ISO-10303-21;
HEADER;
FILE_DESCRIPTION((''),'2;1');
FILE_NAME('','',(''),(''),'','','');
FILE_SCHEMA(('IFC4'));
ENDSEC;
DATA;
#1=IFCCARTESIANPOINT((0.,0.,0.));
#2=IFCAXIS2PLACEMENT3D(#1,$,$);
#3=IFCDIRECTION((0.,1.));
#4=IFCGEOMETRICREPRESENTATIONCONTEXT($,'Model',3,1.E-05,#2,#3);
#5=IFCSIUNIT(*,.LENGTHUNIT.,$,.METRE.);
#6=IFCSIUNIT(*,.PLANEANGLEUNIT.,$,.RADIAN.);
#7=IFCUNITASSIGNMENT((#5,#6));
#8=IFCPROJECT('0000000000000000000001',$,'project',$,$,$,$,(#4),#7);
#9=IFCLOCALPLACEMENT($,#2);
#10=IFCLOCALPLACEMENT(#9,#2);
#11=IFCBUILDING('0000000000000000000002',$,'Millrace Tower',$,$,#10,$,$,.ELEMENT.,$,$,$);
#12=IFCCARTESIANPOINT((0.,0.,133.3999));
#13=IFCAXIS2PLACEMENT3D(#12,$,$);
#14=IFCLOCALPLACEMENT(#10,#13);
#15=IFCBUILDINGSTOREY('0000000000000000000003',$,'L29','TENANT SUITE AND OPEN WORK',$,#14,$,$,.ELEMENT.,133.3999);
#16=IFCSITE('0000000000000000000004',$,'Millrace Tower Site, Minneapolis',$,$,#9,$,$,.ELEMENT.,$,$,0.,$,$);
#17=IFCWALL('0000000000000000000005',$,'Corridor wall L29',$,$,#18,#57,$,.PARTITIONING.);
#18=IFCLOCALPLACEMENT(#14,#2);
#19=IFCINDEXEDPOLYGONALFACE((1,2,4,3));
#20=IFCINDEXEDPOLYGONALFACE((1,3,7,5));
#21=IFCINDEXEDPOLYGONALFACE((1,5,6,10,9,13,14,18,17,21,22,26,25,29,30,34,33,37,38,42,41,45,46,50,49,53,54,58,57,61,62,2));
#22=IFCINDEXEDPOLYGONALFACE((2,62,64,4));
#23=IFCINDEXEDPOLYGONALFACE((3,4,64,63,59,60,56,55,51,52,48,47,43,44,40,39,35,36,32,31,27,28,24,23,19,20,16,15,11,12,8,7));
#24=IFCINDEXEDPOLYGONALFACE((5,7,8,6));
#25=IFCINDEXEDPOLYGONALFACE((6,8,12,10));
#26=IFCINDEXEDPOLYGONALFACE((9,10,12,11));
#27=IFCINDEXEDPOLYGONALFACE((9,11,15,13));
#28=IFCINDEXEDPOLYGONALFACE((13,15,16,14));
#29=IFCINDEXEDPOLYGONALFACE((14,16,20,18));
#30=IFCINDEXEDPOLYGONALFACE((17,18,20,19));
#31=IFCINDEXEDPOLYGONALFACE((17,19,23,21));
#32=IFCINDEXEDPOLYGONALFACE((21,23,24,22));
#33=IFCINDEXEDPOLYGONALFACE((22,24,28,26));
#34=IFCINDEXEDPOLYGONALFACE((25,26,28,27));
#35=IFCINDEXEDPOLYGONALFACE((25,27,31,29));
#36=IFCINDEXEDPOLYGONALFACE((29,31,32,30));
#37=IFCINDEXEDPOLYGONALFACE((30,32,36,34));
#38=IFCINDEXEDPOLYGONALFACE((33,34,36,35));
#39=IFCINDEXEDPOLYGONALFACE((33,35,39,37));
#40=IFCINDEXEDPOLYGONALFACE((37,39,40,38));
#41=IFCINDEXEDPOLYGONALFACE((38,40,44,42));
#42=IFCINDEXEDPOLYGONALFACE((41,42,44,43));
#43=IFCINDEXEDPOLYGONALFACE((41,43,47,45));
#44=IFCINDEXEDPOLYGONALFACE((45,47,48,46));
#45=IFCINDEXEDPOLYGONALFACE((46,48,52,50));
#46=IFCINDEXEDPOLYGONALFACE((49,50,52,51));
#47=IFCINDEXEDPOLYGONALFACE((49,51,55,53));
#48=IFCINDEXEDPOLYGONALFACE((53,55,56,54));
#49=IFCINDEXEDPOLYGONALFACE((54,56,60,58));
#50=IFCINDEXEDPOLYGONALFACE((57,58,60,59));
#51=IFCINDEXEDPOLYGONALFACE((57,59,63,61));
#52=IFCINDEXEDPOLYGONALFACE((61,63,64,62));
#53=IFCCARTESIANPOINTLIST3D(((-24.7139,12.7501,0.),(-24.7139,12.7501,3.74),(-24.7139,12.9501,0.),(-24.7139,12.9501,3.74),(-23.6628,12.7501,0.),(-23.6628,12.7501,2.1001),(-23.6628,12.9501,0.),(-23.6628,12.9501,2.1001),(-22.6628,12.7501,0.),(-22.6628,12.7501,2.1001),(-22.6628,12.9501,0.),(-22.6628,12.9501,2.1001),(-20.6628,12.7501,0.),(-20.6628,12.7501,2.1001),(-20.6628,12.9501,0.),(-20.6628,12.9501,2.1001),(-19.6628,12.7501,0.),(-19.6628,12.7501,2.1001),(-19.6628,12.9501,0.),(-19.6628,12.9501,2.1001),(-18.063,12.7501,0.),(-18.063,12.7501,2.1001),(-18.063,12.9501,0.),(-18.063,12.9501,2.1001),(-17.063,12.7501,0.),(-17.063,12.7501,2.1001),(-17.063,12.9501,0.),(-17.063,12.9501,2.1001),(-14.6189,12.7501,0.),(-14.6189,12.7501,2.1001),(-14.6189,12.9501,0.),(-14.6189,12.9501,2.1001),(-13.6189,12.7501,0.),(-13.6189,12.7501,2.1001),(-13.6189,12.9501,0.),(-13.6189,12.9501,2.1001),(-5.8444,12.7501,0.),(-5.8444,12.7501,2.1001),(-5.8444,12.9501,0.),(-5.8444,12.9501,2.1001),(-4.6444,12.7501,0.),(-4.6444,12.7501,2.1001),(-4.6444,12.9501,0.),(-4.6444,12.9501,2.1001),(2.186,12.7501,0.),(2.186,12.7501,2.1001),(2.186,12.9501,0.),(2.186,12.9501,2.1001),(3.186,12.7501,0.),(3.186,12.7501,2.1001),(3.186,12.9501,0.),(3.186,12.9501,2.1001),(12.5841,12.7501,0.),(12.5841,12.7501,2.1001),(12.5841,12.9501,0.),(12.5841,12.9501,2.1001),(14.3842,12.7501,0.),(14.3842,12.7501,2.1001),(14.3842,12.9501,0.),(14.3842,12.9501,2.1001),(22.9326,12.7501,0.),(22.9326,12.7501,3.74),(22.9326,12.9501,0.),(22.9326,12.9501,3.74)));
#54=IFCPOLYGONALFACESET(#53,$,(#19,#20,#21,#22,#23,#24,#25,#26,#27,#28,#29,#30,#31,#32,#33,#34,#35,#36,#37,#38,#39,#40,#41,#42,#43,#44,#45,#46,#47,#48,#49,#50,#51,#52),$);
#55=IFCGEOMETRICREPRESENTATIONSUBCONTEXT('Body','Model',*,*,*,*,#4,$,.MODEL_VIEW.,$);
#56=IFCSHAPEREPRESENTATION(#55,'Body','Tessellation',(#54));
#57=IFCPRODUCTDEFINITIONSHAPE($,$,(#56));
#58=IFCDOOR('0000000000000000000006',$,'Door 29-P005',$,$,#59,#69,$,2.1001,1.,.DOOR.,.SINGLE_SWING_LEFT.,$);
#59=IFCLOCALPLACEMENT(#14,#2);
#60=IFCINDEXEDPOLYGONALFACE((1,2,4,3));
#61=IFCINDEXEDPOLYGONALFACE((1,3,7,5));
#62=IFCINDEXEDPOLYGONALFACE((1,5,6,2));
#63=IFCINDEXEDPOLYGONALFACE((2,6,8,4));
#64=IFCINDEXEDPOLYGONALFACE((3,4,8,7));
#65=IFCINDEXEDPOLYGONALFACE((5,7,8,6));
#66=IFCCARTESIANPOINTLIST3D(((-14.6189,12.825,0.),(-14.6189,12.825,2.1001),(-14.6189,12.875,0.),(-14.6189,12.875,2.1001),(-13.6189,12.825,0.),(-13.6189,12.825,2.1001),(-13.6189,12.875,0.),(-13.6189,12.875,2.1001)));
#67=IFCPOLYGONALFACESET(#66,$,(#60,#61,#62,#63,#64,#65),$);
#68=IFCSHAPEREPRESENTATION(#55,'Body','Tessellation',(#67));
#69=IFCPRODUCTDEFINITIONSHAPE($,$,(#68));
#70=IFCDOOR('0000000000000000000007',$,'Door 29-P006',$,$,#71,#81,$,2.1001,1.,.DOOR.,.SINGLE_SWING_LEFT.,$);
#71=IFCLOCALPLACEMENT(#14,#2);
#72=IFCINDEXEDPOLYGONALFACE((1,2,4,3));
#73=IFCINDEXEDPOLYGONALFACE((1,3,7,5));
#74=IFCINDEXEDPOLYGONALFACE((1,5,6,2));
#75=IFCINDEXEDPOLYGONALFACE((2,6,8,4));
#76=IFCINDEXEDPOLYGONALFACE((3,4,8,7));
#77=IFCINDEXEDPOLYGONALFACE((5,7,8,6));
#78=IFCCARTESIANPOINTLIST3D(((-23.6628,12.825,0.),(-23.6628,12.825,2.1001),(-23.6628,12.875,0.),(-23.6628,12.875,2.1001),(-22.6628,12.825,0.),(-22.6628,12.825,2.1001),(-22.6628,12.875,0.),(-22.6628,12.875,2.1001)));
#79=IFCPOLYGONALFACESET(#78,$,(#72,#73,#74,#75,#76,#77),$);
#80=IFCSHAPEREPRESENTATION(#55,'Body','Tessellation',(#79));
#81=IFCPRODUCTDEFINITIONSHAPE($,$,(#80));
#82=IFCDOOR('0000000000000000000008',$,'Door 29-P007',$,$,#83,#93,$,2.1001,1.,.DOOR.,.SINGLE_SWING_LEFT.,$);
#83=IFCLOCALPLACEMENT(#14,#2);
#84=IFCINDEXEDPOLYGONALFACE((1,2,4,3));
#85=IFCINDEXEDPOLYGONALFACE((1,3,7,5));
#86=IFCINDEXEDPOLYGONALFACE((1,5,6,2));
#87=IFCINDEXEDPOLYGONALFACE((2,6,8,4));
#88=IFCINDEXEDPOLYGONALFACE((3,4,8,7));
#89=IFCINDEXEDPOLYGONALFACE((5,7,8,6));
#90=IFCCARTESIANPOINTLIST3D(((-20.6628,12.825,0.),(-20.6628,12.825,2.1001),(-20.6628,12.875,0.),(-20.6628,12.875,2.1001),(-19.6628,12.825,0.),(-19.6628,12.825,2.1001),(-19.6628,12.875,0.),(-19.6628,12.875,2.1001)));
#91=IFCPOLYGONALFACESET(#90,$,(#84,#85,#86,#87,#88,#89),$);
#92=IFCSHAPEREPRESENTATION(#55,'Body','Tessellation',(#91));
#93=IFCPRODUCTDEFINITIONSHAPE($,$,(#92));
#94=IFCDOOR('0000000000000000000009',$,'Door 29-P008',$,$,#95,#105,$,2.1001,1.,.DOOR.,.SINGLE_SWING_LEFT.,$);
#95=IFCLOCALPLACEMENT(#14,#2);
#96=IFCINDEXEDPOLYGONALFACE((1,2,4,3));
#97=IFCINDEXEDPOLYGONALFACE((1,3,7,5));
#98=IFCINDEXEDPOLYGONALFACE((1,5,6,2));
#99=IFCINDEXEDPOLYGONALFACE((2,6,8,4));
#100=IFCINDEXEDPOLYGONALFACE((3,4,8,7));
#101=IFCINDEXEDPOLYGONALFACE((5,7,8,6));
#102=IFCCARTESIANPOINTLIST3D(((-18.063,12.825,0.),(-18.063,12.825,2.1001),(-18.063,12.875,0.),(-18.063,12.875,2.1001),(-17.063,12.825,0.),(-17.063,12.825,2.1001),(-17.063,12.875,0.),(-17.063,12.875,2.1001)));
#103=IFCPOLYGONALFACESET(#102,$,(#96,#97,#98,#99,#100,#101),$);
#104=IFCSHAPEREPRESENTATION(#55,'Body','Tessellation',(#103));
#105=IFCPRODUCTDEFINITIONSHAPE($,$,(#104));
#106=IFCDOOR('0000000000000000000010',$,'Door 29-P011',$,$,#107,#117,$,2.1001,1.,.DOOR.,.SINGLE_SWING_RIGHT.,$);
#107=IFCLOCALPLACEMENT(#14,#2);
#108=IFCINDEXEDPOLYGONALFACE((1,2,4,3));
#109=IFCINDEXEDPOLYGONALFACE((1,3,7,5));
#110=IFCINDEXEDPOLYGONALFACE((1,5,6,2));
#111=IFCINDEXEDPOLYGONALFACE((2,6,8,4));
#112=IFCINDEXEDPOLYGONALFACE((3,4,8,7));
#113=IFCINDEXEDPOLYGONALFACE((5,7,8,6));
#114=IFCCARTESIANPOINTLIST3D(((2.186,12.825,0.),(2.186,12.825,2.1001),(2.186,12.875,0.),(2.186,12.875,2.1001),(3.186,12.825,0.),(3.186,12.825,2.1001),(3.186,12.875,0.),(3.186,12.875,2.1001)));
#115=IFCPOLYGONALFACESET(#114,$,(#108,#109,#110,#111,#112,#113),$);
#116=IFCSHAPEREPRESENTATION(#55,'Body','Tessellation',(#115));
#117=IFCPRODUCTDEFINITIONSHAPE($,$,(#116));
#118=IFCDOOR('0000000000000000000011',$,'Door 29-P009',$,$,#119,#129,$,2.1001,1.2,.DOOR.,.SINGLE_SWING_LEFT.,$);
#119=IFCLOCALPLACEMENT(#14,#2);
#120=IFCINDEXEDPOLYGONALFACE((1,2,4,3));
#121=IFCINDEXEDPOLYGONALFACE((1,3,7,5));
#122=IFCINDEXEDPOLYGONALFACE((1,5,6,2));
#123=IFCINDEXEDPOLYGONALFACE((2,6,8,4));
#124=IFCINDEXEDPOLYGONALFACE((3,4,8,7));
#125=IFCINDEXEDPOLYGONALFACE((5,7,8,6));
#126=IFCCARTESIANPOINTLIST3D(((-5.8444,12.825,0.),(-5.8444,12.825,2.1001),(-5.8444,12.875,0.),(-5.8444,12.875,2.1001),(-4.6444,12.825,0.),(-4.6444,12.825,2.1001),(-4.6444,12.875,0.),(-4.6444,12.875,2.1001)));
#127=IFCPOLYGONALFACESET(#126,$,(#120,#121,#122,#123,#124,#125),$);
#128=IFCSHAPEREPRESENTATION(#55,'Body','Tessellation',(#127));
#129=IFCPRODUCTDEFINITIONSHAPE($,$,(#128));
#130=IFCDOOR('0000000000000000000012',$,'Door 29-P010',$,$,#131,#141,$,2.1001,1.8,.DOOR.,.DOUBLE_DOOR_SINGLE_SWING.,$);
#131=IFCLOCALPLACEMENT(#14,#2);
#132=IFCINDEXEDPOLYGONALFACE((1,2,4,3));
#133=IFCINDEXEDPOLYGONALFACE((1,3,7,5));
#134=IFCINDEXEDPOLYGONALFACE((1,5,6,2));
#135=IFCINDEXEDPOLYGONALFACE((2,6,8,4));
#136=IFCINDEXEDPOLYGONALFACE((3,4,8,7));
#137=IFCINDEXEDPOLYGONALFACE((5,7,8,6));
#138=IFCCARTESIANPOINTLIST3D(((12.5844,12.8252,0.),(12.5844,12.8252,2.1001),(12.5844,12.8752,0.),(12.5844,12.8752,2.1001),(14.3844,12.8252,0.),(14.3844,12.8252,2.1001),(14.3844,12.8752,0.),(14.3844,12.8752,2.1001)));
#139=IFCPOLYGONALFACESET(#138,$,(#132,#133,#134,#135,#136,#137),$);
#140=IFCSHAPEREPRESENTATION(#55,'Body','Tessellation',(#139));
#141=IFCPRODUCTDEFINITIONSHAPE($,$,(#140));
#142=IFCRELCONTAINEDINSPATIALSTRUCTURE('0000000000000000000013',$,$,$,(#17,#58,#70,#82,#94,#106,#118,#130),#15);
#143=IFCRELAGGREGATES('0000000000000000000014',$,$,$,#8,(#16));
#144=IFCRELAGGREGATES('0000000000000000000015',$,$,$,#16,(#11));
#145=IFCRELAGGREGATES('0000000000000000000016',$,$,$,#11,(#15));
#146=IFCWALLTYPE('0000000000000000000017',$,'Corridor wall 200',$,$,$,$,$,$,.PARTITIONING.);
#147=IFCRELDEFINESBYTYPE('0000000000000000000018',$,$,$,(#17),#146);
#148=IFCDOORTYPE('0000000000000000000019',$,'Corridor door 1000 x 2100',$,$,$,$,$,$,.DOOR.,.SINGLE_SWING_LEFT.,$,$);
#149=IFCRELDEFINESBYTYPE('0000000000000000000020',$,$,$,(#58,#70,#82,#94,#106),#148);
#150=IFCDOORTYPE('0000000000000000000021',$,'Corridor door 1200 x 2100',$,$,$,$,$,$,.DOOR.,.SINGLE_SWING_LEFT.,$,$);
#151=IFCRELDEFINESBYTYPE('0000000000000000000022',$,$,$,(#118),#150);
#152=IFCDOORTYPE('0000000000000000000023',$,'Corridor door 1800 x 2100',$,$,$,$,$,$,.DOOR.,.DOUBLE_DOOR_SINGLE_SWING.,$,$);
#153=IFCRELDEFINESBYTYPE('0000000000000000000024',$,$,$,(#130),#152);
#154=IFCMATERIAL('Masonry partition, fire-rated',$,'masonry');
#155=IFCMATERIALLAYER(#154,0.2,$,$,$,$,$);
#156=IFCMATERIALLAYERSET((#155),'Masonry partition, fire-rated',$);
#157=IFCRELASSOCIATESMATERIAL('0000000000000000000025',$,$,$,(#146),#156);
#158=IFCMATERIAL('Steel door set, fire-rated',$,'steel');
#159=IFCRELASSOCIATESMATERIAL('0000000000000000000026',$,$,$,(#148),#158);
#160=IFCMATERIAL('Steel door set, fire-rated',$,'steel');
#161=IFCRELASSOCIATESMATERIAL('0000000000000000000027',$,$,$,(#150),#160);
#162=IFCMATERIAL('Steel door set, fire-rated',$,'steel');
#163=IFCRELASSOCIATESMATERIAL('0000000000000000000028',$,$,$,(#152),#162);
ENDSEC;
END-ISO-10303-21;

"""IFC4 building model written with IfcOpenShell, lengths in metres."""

from ifc_helpers import new_model, si_unit, direction, frame, frame_2d, origin, place, context, subcontext, project, spatial, rectangle, extrude, material, layer, layer_set, type_object, element, fill, save


model = new_model("IFC4")

# Units and contexts
model_context = context("Model", 3, precision=1e-05, world=origin(), true_north=direction((0.0, 1.0)))
body_context = subcontext(model_context, "Body", "Model", "MODEL_VIEW")
ifc_project = project(units=[si_unit("LENGTHUNIT", "METRE"), si_unit("PLANEANGLEUNIT", "RADIAN")], contexts=[model_context])

# Site, building, storey
site_placement = place(None, origin())
site = spatial("IfcSite", under=ifc_project, at=site_placement, Name="Millrace Tower Site, Minneapolis", CompositionType="ELEMENT", RefElevation=0.0)
building_placement = place(site_placement, origin())
building = spatial("IfcBuilding", under=site, at=building_placement, Name="Millrace Tower", CompositionType="ELEMENT")
storey_placement = place(building_placement, frame((0.0, 0.0, 133.3999)))
storey = spatial("IfcBuildingStorey", under=building, at=storey_placement, Name="L29", Description="TENANT SUITE AND OPEN WORK", CompositionType="ELEMENT", Elevation=133.3999)

# Shared definitions
ifc_material_1 = material(Name="Masonry partition, fire-rated", Category="masonry")
ifc_layer_1 = layer(ifc_material_1, 0.2)
ifc_layer_set_1 = layer_set([ifc_layer_1], Name="Masonry partition, fire-rated")
wall_type_1 = type_object("IfcWallType", Name="Corridor wall 200", PredefinedType="PARTITIONING", material=ifc_layer_set_1)

# Wall, openings, doors
wall_1_placement = place(storey_placement, frame((-24.7139, 12.8501, 0.0), z_axis=(0.0, 0.0, 1.0), x_axis=(1.0, 0.0, 0.0)))
wall_1 = element("IfcWall", 1, at=wall_1_placement, inside=storey, type_object=wall_type_1, Name="Corridor wall L29", PredefinedType="PARTITIONING", context=body_context, shape_type="SweptSolid", body=[
    extrude(rectangle(XDim=47.6465, YDim=0.2, at=frame_2d((23.8232, 0.0))), origin(), (0.0, 0.0, 1.0), 3.74),
])
opening_1_placement = place(wall_1_placement, frame((10.095, 0.0, 0.0)))
opening_1 = element("IfcOpeningElement", 2, at=opening_1_placement, cuts=wall_1, PredefinedType="OPENING", context=body_context, shape_type="SweptSolid", body=[
    extrude(rectangle(XDim=1.0, YDim=2.1001, at=frame_2d((0.5, 1.05))), frame((0.0, 0.1099, 0.0), z_axis=(0.0, -1.0, 0.0), x_axis=(1.0, 0.0, 0.0)), (0.0, 0.0, 1.0), 0.22),
])
opening_2_placement = place(wall_1_placement, frame((1.051, 0.0, 0.0)))
opening_2 = element("IfcOpeningElement", 3, at=opening_2_placement, cuts=wall_1, PredefinedType="OPENING", context=body_context, shape_type="SweptSolid", body=[
    extrude(rectangle(XDim=1.0, YDim=2.1001, at=frame_2d((0.5, 1.05))), frame((0.0, 0.1099, 0.0), z_axis=(0.0, -1.0, 0.0), x_axis=(1.0, 0.0, 0.0)), (0.0, 0.0, 1.0), 0.22),
])
opening_3_placement = place(wall_1_placement, frame((4.051, 0.0, 0.0)))
opening_3 = element("IfcOpeningElement", 4, at=opening_3_placement, cuts=wall_1, PredefinedType="OPENING", context=body_context, shape_type="SweptSolid", body=[
    extrude(rectangle(XDim=1.0, YDim=2.1001, at=frame_2d((0.5, 1.05))), frame((0.0, 0.1099, 0.0), z_axis=(0.0, -1.0, 0.0), x_axis=(1.0, 0.0, 0.0)), (0.0, 0.0, 1.0), 0.22),
])
opening_4_placement = place(wall_1_placement, frame((6.6509, 0.0, 0.0)))
opening_4 = element("IfcOpeningElement", 5, at=opening_4_placement, cuts=wall_1, PredefinedType="OPENING", context=body_context, shape_type="SweptSolid", body=[
    extrude(rectangle(XDim=1.0, YDim=2.1001, at=frame_2d((0.5, 1.05))), frame((0.0, 0.1099, 0.0), z_axis=(0.0, -1.0, 0.0), x_axis=(1.0, 0.0, 0.0)), (0.0, 0.0, 1.0), 0.22),
])
opening_5_placement = place(wall_1_placement, frame((18.8694, 0.0, 0.0)))
opening_5 = element("IfcOpeningElement", 6, at=opening_5_placement, cuts=wall_1, PredefinedType="OPENING", context=body_context, shape_type="SweptSolid", body=[
    extrude(rectangle(XDim=1.2, YDim=2.1001, at=frame_2d((0.6001, 1.05))), frame((0.0, 0.1099, 0.0), z_axis=(0.0, -1.0, 0.0), x_axis=(1.0, 0.0, 0.0)), (0.0, 0.0, 1.0), 0.22),
])
opening_6_placement = place(wall_1_placement, frame((37.2981, 0.0, 0.0)))
opening_6 = element("IfcOpeningElement", 7, at=opening_6_placement, cuts=wall_1, PredefinedType="OPENING", context=body_context, shape_type="SweptSolid", body=[
    extrude(rectangle(XDim=1.8, YDim=2.1001, at=frame_2d((0.8999, 1.05))), frame((0.0, 0.1099, 0.0), z_axis=(0.0, -1.0, 0.0), x_axis=(1.0, 0.0, 0.0)), (0.0, 0.0, 1.0), 0.22),
])
opening_7_placement = place(wall_1_placement, frame((26.8999, 0.0, 0.0)))
opening_7 = element("IfcOpeningElement", 8, at=opening_7_placement, cuts=wall_1, PredefinedType="OPENING", context=body_context, shape_type="SweptSolid", body=[
    extrude(rectangle(XDim=1.0, YDim=2.1001, at=frame_2d((0.5, 1.05))), frame((0.0, 0.1099, 0.0), z_axis=(0.0, -1.0, 0.0), x_axis=(1.0, 0.0, 0.0)), (0.0, 0.0, 1.0), 0.22),
])
ifc_material_2 = material(Name="Steel door set, fire-rated", Category="steel")
door_type_1 = type_object("IfcDoorType", Name="Corridor door 1000 x 2100", OperationType="SINGLE_SWING_LEFT", PredefinedType="DOOR", material=ifc_material_2)
door_1_placement = place(opening_1_placement, origin())
door_1 = element("IfcDoor", 9, at=door_1_placement, inside=storey, type_object=door_type_1, Name="Door 29-P005", OperationType="SINGLE_SWING_LEFT", OverallHeight=2.1001, OverallWidth=1.0, PredefinedType="DOOR", context=body_context, shape_type="SweptSolid", body=[
    extrude(rectangle(XDim=1.0, YDim=2.1001, at=frame_2d((0.5, 1.05))), frame((0.0, 0.0249, 0.0), z_axis=(0.0, -1.0, 0.0), x_axis=(1.0, 0.0, 0.0)), (0.0, 0.0, 1.0), 0.05),
])
fill(opening_1, door_1)
door_2_placement = place(opening_2_placement, origin())
door_2 = element("IfcDoor", 10, at=door_2_placement, inside=storey, type_object=door_type_1, Name="Door 29-P006", OperationType="SINGLE_SWING_LEFT", OverallHeight=2.1001, OverallWidth=1.0, PredefinedType="DOOR", context=body_context, shape_type="SweptSolid", body=[
    extrude(rectangle(XDim=1.0, YDim=2.1001, at=frame_2d((0.5, 1.05))), frame((0.0, 0.0249, 0.0), z_axis=(0.0, -1.0, 0.0), x_axis=(1.0, 0.0, 0.0)), (0.0, 0.0, 1.0), 0.05),
])
fill(opening_2, door_2)
door_3_placement = place(opening_3_placement, origin())
door_3 = element("IfcDoor", 11, at=door_3_placement, inside=storey, type_object=door_type_1, Name="Door 29-P007", OperationType="SINGLE_SWING_LEFT", OverallHeight=2.1001, OverallWidth=1.0, PredefinedType="DOOR", context=body_context, shape_type="SweptSolid", body=[
    extrude(rectangle(XDim=1.0, YDim=2.1001, at=frame_2d((0.5, 1.05))), frame((0.0, 0.0249, 0.0), z_axis=(0.0, -1.0, 0.0), x_axis=(1.0, 0.0, 0.0)), (0.0, 0.0, 1.0), 0.05),
])
fill(opening_3, door_3)
door_4_placement = place(opening_4_placement, origin())
door_4 = element("IfcDoor", 12, at=door_4_placement, inside=storey, type_object=door_type_1, Name="Door 29-P008", OperationType="SINGLE_SWING_LEFT", OverallHeight=2.1001, OverallWidth=1.0, PredefinedType="DOOR", context=body_context, shape_type="SweptSolid", body=[
    extrude(rectangle(XDim=1.0, YDim=2.1001, at=frame_2d((0.5, 1.05))), frame((0.0, 0.0249, 0.0), z_axis=(0.0, -1.0, 0.0), x_axis=(1.0, 0.0, 0.0)), (0.0, 0.0, 1.0), 0.05),
])
fill(opening_4, door_4)
door_5_placement = place(opening_7_placement, origin())
door_5 = element("IfcDoor", 13, at=door_5_placement, inside=storey, type_object=door_type_1, Name="Door 29-P011", OperationType="SINGLE_SWING_RIGHT", OverallHeight=2.1001, OverallWidth=1.0, PredefinedType="DOOR", context=body_context, shape_type="SweptSolid", body=[
    extrude(rectangle(XDim=1.0, YDim=2.1001, at=frame_2d((0.5, 1.05))), frame((0.0, 0.0249, 0.0), z_axis=(0.0, -1.0, 0.0), x_axis=(1.0, 0.0, 0.0)), (0.0, 0.0, 1.0), 0.05),
])
fill(opening_7, door_5)
ifc_material_3 = material(Name="Steel door set, fire-rated", Category="steel")
door_type_2 = type_object("IfcDoorType", Name="Corridor door 1200 x 2100", OperationType="SINGLE_SWING_LEFT", PredefinedType="DOOR", material=ifc_material_3)
door_6_placement = place(opening_5_placement, origin())
door_6 = element("IfcDoor", 14, at=door_6_placement, inside=storey, type_object=door_type_2, Name="Door 29-P009", OperationType="SINGLE_SWING_LEFT", OverallHeight=2.1001, OverallWidth=1.2, PredefinedType="DOOR", context=body_context, shape_type="SweptSolid", body=[
    extrude(rectangle(XDim=1.2, YDim=2.1001, at=frame_2d((0.6001, 1.05))), frame((0.0, 0.0249, 0.0), z_axis=(0.0, -1.0, 0.0), x_axis=(1.0, 0.0, 0.0)), (0.0, 0.0, 1.0), 0.05),
])
fill(opening_5, door_6)
ifc_material_4 = material(Name="Steel door set, fire-rated", Category="steel")
door_type_3 = type_object("IfcDoorType", Name="Corridor door 1800 x 2100", OperationType="DOUBLE_DOOR_SINGLE_SWING", PredefinedType="DOOR", material=ifc_material_4)
door_7_placement = place(opening_6_placement, frame((1.8, 0.0, 0.0), z_axis=(0.0, 0.0, 1.0), x_axis=(-1.0, 0.0, 0.0)))
door_7 = element("IfcDoor", 15, at=door_7_placement, inside=storey, type_object=door_type_3, Name="Door 29-P010", OperationType="DOUBLE_DOOR_SINGLE_SWING", OverallHeight=2.1001, OverallWidth=1.8, PredefinedType="DOOR", context=body_context, shape_type="SweptSolid", body=[
    extrude(rectangle(XDim=1.8, YDim=2.1001, at=frame_2d((0.8999, 1.05))), frame((0.0, 0.0249, 0.0), z_axis=(0.0, -1.0, 0.0), x_axis=(1.0, 0.0, 0.0)), (0.0, 0.0, 1.0), 0.05),
])
fill(opening_6, door_7)

save(model, "model.ifc")
